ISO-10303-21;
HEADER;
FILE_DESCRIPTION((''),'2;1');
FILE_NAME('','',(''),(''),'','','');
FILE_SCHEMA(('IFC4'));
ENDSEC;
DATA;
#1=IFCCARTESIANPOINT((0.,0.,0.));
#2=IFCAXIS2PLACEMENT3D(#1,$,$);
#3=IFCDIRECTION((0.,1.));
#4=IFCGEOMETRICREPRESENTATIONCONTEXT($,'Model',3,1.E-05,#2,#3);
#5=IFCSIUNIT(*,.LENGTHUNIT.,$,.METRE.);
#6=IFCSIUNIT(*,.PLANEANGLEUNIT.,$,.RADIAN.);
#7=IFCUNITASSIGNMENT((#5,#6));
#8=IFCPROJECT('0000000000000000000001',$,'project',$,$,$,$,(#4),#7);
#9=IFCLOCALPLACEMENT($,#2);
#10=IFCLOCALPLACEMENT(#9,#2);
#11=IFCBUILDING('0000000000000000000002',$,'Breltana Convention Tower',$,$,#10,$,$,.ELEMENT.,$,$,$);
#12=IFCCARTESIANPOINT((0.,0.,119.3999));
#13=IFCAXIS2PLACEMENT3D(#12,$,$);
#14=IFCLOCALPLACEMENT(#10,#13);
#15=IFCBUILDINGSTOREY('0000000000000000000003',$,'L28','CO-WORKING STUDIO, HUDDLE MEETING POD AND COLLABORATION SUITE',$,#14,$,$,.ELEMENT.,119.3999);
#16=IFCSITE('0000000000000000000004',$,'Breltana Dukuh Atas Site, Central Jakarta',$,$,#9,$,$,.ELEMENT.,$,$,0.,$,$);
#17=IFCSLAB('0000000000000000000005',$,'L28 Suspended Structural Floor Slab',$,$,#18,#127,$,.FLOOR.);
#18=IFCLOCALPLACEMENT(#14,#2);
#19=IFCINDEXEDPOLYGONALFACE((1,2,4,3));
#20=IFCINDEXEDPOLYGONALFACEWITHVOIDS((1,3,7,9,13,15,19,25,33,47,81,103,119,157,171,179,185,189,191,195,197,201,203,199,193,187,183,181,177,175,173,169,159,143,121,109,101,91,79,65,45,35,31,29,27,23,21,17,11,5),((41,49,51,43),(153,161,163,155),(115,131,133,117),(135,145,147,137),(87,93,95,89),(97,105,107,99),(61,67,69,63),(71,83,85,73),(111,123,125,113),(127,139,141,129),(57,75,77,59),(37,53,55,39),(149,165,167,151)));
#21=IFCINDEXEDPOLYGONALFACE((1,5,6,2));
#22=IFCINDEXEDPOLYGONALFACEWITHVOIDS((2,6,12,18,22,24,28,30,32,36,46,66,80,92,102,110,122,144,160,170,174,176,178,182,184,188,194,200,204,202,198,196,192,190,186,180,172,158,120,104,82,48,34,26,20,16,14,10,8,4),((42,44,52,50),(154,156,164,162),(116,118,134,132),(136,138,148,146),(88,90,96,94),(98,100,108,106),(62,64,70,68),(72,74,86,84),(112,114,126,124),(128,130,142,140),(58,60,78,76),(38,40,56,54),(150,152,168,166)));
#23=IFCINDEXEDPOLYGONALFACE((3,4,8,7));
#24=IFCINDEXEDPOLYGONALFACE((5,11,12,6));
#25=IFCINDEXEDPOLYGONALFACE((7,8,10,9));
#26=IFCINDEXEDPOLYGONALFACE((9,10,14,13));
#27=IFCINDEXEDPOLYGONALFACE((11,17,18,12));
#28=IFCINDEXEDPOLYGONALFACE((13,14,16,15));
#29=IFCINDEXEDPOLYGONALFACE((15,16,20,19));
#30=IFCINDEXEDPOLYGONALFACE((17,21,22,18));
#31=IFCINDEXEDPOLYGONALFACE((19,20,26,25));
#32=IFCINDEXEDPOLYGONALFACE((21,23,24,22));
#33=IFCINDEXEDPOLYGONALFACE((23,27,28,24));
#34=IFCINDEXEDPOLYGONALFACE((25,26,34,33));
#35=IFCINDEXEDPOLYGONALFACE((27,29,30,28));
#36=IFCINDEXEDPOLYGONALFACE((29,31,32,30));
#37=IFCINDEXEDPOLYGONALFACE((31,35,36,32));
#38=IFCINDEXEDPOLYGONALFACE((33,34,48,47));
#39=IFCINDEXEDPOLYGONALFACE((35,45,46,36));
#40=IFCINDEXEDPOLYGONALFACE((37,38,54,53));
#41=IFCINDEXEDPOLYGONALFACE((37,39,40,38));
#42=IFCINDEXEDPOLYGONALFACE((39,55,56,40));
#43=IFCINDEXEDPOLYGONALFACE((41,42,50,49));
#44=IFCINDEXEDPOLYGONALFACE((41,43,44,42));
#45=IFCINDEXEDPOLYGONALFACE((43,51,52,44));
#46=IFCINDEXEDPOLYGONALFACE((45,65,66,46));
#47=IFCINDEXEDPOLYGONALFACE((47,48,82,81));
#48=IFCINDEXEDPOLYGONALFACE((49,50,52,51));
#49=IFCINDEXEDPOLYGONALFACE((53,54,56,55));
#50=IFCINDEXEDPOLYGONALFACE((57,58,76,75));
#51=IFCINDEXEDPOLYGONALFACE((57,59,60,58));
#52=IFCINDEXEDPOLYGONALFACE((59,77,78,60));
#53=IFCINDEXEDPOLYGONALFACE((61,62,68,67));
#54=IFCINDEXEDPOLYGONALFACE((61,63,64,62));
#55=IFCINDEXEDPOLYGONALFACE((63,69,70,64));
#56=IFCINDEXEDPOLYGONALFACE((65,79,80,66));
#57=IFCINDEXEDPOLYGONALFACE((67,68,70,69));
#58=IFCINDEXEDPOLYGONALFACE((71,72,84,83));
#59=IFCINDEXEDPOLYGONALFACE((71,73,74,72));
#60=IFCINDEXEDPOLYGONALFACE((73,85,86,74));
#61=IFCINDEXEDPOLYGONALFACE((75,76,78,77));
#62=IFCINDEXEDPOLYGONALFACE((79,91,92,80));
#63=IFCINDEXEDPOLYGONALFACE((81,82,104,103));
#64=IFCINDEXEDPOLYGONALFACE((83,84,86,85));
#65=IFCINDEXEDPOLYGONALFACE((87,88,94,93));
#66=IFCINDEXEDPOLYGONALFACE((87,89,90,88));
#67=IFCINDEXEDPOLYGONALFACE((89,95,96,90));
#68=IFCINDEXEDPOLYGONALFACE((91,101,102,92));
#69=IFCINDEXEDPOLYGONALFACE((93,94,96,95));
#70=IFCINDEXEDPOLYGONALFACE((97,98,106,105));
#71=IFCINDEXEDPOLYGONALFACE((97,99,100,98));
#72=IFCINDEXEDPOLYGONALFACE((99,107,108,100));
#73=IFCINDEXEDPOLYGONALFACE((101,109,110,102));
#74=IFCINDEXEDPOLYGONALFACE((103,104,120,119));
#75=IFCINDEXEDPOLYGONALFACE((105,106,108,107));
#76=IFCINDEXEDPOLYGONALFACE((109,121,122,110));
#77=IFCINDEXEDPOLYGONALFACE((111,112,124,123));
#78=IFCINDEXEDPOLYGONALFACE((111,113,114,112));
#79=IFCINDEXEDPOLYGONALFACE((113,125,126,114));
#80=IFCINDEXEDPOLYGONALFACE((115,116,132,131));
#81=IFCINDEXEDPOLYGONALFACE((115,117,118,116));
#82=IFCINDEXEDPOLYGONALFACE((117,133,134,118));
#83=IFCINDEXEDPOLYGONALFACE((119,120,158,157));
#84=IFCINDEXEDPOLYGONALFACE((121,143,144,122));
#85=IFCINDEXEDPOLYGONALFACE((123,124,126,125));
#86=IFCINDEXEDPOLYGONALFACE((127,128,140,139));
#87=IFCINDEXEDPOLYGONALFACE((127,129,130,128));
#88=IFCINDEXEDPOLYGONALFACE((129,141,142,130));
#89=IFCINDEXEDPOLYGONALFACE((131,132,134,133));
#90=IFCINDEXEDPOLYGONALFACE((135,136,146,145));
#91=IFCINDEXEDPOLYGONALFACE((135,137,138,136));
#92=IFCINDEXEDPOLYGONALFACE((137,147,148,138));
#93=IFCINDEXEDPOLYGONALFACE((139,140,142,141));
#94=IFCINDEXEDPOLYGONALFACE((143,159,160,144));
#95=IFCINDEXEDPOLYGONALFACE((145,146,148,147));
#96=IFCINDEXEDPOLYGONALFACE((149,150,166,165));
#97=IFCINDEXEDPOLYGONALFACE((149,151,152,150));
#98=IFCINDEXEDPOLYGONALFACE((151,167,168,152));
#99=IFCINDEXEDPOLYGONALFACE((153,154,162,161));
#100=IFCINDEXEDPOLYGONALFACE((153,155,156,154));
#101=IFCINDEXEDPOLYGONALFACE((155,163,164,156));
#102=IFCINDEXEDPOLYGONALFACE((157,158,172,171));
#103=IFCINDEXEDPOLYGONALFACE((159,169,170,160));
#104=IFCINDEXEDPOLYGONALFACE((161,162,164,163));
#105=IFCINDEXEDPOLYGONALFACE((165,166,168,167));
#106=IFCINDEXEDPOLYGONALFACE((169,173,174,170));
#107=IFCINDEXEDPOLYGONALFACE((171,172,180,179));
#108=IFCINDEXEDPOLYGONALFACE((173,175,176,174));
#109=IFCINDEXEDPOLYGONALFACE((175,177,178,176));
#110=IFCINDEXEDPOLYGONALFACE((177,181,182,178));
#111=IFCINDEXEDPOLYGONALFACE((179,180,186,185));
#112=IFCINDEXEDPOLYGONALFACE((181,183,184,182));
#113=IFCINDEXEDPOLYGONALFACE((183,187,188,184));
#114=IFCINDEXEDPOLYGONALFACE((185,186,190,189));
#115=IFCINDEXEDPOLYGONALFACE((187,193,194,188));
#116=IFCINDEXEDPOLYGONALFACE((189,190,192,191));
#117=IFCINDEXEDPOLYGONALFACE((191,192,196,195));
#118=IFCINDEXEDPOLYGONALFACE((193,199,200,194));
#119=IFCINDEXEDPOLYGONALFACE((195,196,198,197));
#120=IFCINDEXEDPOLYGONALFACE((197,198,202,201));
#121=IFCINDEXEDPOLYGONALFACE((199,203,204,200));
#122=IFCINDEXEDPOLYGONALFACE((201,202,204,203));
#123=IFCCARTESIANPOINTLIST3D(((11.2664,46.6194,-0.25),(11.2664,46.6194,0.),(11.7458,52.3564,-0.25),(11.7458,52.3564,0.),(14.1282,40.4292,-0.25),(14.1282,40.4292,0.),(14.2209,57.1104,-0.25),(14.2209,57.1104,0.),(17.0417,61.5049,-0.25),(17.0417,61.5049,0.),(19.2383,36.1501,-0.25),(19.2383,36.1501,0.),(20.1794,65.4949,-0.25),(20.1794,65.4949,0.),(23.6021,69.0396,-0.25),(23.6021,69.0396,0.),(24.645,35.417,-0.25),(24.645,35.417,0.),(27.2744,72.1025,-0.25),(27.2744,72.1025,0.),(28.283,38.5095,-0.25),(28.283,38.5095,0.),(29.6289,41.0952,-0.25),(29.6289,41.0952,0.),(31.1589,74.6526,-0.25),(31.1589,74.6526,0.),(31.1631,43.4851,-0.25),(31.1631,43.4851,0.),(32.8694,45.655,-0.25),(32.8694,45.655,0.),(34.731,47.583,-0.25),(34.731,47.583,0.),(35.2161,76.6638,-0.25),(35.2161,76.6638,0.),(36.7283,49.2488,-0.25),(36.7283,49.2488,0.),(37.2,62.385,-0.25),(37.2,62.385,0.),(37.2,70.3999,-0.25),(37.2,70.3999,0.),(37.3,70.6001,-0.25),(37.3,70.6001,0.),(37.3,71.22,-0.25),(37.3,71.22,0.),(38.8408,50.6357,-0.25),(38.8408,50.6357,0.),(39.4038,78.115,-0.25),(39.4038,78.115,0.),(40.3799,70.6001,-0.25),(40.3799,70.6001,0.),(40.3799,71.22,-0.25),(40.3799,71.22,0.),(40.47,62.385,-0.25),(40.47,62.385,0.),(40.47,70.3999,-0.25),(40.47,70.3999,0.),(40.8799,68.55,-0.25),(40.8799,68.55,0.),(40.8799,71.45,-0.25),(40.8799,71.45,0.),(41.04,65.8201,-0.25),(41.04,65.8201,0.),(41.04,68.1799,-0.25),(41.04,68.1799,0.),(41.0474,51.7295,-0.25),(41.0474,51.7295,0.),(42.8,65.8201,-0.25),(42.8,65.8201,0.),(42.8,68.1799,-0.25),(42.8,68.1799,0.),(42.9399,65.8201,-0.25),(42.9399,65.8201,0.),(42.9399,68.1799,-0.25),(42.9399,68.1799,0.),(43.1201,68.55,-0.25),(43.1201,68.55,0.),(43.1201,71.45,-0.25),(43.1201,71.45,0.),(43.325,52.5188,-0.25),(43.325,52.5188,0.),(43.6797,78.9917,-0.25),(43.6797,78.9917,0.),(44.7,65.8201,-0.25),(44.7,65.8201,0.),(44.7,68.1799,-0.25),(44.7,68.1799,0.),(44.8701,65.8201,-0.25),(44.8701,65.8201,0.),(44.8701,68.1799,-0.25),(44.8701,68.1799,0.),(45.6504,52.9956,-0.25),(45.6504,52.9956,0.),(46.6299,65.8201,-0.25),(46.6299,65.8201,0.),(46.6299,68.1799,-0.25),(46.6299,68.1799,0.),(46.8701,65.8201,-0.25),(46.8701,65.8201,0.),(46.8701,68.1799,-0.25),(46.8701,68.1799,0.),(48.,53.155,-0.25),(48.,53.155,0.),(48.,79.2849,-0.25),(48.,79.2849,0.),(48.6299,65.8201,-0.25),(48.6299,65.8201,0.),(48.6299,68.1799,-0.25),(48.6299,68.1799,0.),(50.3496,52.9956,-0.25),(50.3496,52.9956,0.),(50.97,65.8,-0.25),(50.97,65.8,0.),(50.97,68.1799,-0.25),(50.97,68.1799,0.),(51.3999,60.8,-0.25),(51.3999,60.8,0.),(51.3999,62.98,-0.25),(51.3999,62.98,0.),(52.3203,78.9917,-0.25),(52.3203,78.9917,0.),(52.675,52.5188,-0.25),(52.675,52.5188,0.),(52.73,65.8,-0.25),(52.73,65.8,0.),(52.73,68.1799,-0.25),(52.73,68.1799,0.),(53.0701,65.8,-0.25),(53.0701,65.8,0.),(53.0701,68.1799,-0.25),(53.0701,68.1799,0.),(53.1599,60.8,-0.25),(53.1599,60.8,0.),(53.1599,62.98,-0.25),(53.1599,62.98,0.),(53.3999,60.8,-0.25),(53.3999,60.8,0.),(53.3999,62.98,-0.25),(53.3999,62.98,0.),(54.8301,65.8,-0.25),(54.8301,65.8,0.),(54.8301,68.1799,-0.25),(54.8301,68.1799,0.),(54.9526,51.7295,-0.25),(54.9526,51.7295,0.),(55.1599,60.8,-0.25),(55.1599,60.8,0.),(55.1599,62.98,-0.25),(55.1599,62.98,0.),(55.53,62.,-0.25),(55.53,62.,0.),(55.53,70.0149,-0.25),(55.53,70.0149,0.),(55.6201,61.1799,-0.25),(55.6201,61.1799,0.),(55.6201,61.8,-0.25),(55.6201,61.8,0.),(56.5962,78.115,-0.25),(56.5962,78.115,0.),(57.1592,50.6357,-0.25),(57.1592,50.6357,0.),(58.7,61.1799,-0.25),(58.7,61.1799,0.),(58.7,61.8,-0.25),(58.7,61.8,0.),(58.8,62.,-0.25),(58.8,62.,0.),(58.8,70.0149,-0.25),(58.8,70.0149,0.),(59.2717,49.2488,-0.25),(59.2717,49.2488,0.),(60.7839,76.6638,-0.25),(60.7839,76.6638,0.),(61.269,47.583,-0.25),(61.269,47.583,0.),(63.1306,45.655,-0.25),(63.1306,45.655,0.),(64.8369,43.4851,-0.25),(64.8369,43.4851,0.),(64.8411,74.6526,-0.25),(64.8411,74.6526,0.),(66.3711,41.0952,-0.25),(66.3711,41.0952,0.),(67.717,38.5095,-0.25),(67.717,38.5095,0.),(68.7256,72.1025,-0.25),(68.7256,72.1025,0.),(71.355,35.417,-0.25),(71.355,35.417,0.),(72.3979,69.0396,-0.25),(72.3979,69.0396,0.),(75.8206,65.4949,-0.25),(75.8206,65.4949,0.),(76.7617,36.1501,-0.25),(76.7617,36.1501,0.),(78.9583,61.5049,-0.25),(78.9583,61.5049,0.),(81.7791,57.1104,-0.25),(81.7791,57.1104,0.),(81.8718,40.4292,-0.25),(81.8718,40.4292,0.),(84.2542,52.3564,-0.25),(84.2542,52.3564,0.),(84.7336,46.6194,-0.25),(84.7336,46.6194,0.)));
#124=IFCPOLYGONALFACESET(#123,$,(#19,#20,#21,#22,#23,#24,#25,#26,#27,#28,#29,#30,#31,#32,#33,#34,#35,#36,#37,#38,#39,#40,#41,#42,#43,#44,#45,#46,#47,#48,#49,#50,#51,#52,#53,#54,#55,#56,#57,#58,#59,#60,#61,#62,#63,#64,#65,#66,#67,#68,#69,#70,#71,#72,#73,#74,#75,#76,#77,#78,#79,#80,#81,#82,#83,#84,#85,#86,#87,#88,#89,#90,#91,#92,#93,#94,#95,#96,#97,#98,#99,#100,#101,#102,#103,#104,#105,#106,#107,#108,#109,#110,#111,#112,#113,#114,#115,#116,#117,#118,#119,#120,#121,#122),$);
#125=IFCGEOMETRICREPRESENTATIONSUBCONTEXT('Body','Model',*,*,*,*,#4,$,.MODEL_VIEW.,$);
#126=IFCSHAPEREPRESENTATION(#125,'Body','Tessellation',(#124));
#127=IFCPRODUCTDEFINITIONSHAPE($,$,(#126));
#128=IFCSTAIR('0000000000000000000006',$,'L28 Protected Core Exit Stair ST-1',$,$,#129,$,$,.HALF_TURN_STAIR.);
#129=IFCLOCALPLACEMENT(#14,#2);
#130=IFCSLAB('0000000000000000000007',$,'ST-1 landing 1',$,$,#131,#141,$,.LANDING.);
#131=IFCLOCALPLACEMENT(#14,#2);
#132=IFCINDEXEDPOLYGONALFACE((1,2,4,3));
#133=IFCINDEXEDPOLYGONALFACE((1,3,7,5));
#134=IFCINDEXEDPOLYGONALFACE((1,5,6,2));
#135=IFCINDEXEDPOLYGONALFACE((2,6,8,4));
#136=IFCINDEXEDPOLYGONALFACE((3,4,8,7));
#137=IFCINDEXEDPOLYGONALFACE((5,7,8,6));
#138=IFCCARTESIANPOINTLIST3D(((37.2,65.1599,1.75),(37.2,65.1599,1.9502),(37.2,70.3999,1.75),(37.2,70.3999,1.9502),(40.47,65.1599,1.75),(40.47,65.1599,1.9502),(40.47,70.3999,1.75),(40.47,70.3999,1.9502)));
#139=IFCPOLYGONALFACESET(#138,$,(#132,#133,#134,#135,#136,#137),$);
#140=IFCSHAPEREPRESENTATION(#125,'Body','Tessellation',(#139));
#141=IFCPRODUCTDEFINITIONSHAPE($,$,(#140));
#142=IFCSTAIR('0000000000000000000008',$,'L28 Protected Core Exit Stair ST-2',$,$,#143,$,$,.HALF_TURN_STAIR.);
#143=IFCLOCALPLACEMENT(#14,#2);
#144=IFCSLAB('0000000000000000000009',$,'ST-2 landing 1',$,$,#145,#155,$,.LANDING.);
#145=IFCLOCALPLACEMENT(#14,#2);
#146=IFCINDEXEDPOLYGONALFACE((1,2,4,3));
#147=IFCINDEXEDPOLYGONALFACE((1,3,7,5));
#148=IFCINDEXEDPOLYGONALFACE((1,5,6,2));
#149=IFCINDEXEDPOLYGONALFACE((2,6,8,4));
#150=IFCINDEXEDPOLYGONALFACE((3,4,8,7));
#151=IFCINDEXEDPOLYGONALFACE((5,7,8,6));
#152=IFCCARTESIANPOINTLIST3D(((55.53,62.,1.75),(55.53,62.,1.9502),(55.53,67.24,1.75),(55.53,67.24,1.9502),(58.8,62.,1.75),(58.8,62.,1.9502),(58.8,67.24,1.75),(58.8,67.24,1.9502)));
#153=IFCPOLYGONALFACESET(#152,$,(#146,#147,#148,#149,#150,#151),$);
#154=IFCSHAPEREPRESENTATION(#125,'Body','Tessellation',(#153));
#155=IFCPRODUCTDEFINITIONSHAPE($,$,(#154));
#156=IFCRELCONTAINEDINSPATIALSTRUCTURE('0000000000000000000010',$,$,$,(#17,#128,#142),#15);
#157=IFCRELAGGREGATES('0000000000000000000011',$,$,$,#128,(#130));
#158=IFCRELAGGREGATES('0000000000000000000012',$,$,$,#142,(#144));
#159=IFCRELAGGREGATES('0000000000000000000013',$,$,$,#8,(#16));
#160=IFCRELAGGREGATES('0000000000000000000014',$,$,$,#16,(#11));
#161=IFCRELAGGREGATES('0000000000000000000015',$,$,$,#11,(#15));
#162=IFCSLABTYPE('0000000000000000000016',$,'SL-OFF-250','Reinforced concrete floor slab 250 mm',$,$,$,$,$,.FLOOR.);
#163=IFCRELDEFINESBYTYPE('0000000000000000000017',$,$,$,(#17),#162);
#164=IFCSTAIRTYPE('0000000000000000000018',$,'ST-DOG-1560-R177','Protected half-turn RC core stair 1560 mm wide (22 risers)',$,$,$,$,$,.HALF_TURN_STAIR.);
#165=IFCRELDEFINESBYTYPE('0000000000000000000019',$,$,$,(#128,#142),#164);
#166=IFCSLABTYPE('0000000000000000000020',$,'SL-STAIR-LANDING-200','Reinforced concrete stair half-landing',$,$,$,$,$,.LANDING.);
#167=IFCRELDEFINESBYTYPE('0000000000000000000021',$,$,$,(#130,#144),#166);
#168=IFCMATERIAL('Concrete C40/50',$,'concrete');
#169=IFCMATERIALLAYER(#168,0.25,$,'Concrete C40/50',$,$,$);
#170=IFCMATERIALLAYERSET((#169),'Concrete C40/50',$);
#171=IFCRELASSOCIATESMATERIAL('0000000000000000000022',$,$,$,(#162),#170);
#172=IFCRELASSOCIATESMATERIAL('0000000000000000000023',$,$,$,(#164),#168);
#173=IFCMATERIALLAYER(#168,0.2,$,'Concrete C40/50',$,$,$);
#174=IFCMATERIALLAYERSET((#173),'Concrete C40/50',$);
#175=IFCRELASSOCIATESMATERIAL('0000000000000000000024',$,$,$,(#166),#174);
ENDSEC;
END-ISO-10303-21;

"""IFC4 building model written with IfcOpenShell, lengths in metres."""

from ifc_helpers import new_model, si_unit, direction, frame, origin, place, context, subcontext, project, spatial, polyline, outline, extrude, material, layer, layer_set, type_object, element, aggregate, save


model = new_model("IFC4")

# Units and contexts
model_context = context("Model", 3, precision=1e-05, world=origin(), true_north=direction((0.0, 1.0)))
body_context = subcontext(model_context, "Body", "Model", "MODEL_VIEW")
ifc_project = project(units=[si_unit("LENGTHUNIT", "METRE"), si_unit("PLANEANGLEUNIT", "RADIAN")], contexts=[model_context])

# Site, building, storey
site_placement = place(None, origin())
site = spatial("IfcSite", under=ifc_project, at=site_placement, Name="Breltana Dukuh Atas Site, Central Jakarta", CompositionType="ELEMENT", RefElevation=0.0)
building_placement = place(site_placement, origin())
building = spatial("IfcBuilding", under=site, at=building_placement, Name="Breltana Convention Tower", CompositionType="ELEMENT")
storey_placement = place(building_placement, frame((0.0, 0.0, 119.3999)))
storey = spatial("IfcBuildingStorey", under=building, at=storey_placement, Name="L28", Description="CO-WORKING STUDIO, HUDDLE MEETING POD AND COLLABORATION SUITE", CompositionType="ELEMENT", Elevation=119.3999)

# Slab
ifc_material_1 = material(Name="Concrete C40/50", Category="concrete")
ifc_layer_1 = layer(ifc_material_1, 0.25, Name="Concrete C40/50")
ifc_layer_set_1 = layer_set([ifc_layer_1], Name="Concrete C40/50")
slab_type_1 = type_object("IfcSlabType", Name="SL-OFF-250", Description="Reinforced concrete floor slab 250 mm", PredefinedType="FLOOR", material=ifc_layer_set_1)
slab_1_placement = place(storey_placement, frame((0.0, 0.0, -0.25)))
element("IfcSlab", 1, at=slab_1_placement, inside=storey, type_object=slab_type_1, Name="L28 Suspended Structural Floor Slab", PredefinedType="FLOOR", context=body_context, shape_type="SweptSolid", body=[
    extrude(outline(polyline([(84.2542, 52.3564), (81.7791, 57.1104), (78.9583, 61.5049), (75.8206, 65.4949), (72.3979, 69.0396), (68.7256, 72.1025), (64.8411, 74.6526), (60.7839, 76.6638), (56.5962, 78.115), (52.3203, 78.9917), (48.0, 79.2849), (43.6797, 78.9917), (39.4038, 78.115), (35.2161, 76.6638), (31.1589, 74.6526), (27.2744, 72.1025), (23.6021, 69.0396), (20.1794, 65.4949), (17.0417, 61.5049), (14.2209, 57.1104), (11.7458, 52.3564), (11.2664, 46.6194), (14.1282, 40.4292), (19.2383, 36.1501), (24.645, 35.417), (28.283, 38.5095), (29.6289, 41.0952), (31.1631, 43.4851), (32.8694, 45.655), (34.731, 47.583), (36.7283, 49.2488), (38.8408, 50.6357), (41.0474, 51.7295), (43.325, 52.5188), (45.6504, 52.9956), (48.0, 53.155), (50.3496, 52.9956), (52.675, 52.5188), (54.9526, 51.7295), (57.1592, 50.6357), (59.2717, 49.2488), (61.269, 47.583), (63.1306, 45.655), (64.8369, 43.4851), (66.3711, 41.0952), (67.717, 38.5095), (71.355, 35.417), (76.7617, 36.1501), (81.8718, 40.4292), (84.7336, 46.6194), (84.2542, 52.3564)]), holes=[polyline([(37.2, 62.385), (40.47, 62.385), (40.47, 70.3999), (37.2, 70.3999), (37.2, 62.385)]), polyline([(55.53, 62.0), (58.8, 62.0), (58.8, 70.0149), (55.53, 70.0149), (55.53, 62.0)]), polyline([(51.3999, 60.8), (53.1599, 60.8), (53.1599, 62.98), (51.3999, 62.98), (51.3999, 60.8)]), polyline([(53.3999, 60.8), (55.1599, 60.8), (55.1599, 62.98), (53.3999, 62.98), (53.3999, 60.8)]), polyline([(41.04, 65.8201), (42.8, 65.8201), (42.8, 68.1799), (41.04, 68.1799), (41.04, 65.8201)]), polyline([(42.9399, 65.8201), (44.7, 65.8201), (44.7, 68.1799), (42.9399, 68.1799), (42.9399, 65.8201)]), polyline([(44.8701, 65.8201), (46.6299, 65.8201), (46.6299, 68.1799), (44.8701, 68.1799), (44.8701, 65.8201)]), polyline([(46.8701, 65.8201), (48.6299, 65.8201), (48.6299, 68.1799), (46.8701, 68.1799), (46.8701, 65.8201)]), polyline([(50.97, 65.8), (52.73, 65.8), (52.73, 68.1799), (50.97, 68.1799), (50.97, 65.8)]), polyline([(53.0701, 65.8), (54.8301, 65.8), (54.8301, 68.1799), (53.0701, 68.1799), (53.0701, 65.8)]), polyline([(40.8799, 68.55), (43.1201, 68.55), (43.1201, 71.45), (40.8799, 71.45), (40.8799, 68.55)]), polyline([(37.3, 70.6001), (40.3799, 70.6001), (40.3799, 71.22), (37.3, 71.22), (37.3, 70.6001)]), polyline([(55.6201, 61.1799), (58.7, 61.1799), (58.7, 61.8), (55.6201, 61.8), (55.6201, 61.1799)])]), origin(), (0.0, 0.0, 1.0), 0.25),
])

# Stairs, slabs
stair_type = type_object("IfcStairType", Name="ST-DOG-1560-R177", Description="Protected half-turn RC core stair 1560 mm wide (22 risers)", PredefinedType="HALF_TURN_STAIR", material=ifc_material_1)
stair_1_placement = place(storey_placement, origin())
stair_1 = element("IfcStair", 2, at=stair_1_placement, inside=storey, type_object=stair_type, Name="L28 Protected Core Exit Stair ST-1", PredefinedType="HALF_TURN_STAIR")
ifc_layer_2 = layer(ifc_material_1, 0.2, Name="Concrete C40/50")
ifc_layer_set_2 = layer_set([ifc_layer_2], Name="Concrete C40/50")
slab_type_2 = type_object("IfcSlabType", Name="SL-STAIR-LANDING-200", Description="Reinforced concrete stair half-landing", PredefinedType="LANDING", material=ifc_layer_set_2)
slab_2_placement = place(storey_placement, frame((0.0, 0.0, 1.75)))
slab_2 = element("IfcSlab", 3, at=slab_2_placement, type_object=slab_type_2, Name="ST-1 landing 1", PredefinedType="LANDING", context=body_context, shape_type="SweptSolid", body=[
    extrude(outline(polyline([(40.47, 65.1599), (40.47, 70.3999), (37.2, 70.3999), (37.2, 65.1599), (40.47, 65.1599)])), origin(), (0.0, 0.0, 1.0), 0.2002),
])
aggregate(stair_1, [slab_2])
stair_2_placement = place(storey_placement, origin())
stair_2 = element("IfcStair", 4, at=stair_2_placement, inside=storey, type_object=stair_type, Name="L28 Protected Core Exit Stair ST-2", PredefinedType="HALF_TURN_STAIR")
slab_3_placement = place(storey_placement, frame((0.0, 0.0, 1.75)))
slab_3 = element("IfcSlab", 5, at=slab_3_placement, type_object=slab_type_2, Name="ST-2 landing 1", PredefinedType="LANDING", context=body_context, shape_type="SweptSolid", body=[
    extrude(outline(polyline([(55.53, 67.24), (55.53, 62.0), (58.8, 62.0), (58.8, 67.24), (55.53, 67.24)])), origin(), (0.0, 0.0, 1.0), 0.2002),
])
aggregate(stair_2, [slab_3])

save(model, "model.ifc")
